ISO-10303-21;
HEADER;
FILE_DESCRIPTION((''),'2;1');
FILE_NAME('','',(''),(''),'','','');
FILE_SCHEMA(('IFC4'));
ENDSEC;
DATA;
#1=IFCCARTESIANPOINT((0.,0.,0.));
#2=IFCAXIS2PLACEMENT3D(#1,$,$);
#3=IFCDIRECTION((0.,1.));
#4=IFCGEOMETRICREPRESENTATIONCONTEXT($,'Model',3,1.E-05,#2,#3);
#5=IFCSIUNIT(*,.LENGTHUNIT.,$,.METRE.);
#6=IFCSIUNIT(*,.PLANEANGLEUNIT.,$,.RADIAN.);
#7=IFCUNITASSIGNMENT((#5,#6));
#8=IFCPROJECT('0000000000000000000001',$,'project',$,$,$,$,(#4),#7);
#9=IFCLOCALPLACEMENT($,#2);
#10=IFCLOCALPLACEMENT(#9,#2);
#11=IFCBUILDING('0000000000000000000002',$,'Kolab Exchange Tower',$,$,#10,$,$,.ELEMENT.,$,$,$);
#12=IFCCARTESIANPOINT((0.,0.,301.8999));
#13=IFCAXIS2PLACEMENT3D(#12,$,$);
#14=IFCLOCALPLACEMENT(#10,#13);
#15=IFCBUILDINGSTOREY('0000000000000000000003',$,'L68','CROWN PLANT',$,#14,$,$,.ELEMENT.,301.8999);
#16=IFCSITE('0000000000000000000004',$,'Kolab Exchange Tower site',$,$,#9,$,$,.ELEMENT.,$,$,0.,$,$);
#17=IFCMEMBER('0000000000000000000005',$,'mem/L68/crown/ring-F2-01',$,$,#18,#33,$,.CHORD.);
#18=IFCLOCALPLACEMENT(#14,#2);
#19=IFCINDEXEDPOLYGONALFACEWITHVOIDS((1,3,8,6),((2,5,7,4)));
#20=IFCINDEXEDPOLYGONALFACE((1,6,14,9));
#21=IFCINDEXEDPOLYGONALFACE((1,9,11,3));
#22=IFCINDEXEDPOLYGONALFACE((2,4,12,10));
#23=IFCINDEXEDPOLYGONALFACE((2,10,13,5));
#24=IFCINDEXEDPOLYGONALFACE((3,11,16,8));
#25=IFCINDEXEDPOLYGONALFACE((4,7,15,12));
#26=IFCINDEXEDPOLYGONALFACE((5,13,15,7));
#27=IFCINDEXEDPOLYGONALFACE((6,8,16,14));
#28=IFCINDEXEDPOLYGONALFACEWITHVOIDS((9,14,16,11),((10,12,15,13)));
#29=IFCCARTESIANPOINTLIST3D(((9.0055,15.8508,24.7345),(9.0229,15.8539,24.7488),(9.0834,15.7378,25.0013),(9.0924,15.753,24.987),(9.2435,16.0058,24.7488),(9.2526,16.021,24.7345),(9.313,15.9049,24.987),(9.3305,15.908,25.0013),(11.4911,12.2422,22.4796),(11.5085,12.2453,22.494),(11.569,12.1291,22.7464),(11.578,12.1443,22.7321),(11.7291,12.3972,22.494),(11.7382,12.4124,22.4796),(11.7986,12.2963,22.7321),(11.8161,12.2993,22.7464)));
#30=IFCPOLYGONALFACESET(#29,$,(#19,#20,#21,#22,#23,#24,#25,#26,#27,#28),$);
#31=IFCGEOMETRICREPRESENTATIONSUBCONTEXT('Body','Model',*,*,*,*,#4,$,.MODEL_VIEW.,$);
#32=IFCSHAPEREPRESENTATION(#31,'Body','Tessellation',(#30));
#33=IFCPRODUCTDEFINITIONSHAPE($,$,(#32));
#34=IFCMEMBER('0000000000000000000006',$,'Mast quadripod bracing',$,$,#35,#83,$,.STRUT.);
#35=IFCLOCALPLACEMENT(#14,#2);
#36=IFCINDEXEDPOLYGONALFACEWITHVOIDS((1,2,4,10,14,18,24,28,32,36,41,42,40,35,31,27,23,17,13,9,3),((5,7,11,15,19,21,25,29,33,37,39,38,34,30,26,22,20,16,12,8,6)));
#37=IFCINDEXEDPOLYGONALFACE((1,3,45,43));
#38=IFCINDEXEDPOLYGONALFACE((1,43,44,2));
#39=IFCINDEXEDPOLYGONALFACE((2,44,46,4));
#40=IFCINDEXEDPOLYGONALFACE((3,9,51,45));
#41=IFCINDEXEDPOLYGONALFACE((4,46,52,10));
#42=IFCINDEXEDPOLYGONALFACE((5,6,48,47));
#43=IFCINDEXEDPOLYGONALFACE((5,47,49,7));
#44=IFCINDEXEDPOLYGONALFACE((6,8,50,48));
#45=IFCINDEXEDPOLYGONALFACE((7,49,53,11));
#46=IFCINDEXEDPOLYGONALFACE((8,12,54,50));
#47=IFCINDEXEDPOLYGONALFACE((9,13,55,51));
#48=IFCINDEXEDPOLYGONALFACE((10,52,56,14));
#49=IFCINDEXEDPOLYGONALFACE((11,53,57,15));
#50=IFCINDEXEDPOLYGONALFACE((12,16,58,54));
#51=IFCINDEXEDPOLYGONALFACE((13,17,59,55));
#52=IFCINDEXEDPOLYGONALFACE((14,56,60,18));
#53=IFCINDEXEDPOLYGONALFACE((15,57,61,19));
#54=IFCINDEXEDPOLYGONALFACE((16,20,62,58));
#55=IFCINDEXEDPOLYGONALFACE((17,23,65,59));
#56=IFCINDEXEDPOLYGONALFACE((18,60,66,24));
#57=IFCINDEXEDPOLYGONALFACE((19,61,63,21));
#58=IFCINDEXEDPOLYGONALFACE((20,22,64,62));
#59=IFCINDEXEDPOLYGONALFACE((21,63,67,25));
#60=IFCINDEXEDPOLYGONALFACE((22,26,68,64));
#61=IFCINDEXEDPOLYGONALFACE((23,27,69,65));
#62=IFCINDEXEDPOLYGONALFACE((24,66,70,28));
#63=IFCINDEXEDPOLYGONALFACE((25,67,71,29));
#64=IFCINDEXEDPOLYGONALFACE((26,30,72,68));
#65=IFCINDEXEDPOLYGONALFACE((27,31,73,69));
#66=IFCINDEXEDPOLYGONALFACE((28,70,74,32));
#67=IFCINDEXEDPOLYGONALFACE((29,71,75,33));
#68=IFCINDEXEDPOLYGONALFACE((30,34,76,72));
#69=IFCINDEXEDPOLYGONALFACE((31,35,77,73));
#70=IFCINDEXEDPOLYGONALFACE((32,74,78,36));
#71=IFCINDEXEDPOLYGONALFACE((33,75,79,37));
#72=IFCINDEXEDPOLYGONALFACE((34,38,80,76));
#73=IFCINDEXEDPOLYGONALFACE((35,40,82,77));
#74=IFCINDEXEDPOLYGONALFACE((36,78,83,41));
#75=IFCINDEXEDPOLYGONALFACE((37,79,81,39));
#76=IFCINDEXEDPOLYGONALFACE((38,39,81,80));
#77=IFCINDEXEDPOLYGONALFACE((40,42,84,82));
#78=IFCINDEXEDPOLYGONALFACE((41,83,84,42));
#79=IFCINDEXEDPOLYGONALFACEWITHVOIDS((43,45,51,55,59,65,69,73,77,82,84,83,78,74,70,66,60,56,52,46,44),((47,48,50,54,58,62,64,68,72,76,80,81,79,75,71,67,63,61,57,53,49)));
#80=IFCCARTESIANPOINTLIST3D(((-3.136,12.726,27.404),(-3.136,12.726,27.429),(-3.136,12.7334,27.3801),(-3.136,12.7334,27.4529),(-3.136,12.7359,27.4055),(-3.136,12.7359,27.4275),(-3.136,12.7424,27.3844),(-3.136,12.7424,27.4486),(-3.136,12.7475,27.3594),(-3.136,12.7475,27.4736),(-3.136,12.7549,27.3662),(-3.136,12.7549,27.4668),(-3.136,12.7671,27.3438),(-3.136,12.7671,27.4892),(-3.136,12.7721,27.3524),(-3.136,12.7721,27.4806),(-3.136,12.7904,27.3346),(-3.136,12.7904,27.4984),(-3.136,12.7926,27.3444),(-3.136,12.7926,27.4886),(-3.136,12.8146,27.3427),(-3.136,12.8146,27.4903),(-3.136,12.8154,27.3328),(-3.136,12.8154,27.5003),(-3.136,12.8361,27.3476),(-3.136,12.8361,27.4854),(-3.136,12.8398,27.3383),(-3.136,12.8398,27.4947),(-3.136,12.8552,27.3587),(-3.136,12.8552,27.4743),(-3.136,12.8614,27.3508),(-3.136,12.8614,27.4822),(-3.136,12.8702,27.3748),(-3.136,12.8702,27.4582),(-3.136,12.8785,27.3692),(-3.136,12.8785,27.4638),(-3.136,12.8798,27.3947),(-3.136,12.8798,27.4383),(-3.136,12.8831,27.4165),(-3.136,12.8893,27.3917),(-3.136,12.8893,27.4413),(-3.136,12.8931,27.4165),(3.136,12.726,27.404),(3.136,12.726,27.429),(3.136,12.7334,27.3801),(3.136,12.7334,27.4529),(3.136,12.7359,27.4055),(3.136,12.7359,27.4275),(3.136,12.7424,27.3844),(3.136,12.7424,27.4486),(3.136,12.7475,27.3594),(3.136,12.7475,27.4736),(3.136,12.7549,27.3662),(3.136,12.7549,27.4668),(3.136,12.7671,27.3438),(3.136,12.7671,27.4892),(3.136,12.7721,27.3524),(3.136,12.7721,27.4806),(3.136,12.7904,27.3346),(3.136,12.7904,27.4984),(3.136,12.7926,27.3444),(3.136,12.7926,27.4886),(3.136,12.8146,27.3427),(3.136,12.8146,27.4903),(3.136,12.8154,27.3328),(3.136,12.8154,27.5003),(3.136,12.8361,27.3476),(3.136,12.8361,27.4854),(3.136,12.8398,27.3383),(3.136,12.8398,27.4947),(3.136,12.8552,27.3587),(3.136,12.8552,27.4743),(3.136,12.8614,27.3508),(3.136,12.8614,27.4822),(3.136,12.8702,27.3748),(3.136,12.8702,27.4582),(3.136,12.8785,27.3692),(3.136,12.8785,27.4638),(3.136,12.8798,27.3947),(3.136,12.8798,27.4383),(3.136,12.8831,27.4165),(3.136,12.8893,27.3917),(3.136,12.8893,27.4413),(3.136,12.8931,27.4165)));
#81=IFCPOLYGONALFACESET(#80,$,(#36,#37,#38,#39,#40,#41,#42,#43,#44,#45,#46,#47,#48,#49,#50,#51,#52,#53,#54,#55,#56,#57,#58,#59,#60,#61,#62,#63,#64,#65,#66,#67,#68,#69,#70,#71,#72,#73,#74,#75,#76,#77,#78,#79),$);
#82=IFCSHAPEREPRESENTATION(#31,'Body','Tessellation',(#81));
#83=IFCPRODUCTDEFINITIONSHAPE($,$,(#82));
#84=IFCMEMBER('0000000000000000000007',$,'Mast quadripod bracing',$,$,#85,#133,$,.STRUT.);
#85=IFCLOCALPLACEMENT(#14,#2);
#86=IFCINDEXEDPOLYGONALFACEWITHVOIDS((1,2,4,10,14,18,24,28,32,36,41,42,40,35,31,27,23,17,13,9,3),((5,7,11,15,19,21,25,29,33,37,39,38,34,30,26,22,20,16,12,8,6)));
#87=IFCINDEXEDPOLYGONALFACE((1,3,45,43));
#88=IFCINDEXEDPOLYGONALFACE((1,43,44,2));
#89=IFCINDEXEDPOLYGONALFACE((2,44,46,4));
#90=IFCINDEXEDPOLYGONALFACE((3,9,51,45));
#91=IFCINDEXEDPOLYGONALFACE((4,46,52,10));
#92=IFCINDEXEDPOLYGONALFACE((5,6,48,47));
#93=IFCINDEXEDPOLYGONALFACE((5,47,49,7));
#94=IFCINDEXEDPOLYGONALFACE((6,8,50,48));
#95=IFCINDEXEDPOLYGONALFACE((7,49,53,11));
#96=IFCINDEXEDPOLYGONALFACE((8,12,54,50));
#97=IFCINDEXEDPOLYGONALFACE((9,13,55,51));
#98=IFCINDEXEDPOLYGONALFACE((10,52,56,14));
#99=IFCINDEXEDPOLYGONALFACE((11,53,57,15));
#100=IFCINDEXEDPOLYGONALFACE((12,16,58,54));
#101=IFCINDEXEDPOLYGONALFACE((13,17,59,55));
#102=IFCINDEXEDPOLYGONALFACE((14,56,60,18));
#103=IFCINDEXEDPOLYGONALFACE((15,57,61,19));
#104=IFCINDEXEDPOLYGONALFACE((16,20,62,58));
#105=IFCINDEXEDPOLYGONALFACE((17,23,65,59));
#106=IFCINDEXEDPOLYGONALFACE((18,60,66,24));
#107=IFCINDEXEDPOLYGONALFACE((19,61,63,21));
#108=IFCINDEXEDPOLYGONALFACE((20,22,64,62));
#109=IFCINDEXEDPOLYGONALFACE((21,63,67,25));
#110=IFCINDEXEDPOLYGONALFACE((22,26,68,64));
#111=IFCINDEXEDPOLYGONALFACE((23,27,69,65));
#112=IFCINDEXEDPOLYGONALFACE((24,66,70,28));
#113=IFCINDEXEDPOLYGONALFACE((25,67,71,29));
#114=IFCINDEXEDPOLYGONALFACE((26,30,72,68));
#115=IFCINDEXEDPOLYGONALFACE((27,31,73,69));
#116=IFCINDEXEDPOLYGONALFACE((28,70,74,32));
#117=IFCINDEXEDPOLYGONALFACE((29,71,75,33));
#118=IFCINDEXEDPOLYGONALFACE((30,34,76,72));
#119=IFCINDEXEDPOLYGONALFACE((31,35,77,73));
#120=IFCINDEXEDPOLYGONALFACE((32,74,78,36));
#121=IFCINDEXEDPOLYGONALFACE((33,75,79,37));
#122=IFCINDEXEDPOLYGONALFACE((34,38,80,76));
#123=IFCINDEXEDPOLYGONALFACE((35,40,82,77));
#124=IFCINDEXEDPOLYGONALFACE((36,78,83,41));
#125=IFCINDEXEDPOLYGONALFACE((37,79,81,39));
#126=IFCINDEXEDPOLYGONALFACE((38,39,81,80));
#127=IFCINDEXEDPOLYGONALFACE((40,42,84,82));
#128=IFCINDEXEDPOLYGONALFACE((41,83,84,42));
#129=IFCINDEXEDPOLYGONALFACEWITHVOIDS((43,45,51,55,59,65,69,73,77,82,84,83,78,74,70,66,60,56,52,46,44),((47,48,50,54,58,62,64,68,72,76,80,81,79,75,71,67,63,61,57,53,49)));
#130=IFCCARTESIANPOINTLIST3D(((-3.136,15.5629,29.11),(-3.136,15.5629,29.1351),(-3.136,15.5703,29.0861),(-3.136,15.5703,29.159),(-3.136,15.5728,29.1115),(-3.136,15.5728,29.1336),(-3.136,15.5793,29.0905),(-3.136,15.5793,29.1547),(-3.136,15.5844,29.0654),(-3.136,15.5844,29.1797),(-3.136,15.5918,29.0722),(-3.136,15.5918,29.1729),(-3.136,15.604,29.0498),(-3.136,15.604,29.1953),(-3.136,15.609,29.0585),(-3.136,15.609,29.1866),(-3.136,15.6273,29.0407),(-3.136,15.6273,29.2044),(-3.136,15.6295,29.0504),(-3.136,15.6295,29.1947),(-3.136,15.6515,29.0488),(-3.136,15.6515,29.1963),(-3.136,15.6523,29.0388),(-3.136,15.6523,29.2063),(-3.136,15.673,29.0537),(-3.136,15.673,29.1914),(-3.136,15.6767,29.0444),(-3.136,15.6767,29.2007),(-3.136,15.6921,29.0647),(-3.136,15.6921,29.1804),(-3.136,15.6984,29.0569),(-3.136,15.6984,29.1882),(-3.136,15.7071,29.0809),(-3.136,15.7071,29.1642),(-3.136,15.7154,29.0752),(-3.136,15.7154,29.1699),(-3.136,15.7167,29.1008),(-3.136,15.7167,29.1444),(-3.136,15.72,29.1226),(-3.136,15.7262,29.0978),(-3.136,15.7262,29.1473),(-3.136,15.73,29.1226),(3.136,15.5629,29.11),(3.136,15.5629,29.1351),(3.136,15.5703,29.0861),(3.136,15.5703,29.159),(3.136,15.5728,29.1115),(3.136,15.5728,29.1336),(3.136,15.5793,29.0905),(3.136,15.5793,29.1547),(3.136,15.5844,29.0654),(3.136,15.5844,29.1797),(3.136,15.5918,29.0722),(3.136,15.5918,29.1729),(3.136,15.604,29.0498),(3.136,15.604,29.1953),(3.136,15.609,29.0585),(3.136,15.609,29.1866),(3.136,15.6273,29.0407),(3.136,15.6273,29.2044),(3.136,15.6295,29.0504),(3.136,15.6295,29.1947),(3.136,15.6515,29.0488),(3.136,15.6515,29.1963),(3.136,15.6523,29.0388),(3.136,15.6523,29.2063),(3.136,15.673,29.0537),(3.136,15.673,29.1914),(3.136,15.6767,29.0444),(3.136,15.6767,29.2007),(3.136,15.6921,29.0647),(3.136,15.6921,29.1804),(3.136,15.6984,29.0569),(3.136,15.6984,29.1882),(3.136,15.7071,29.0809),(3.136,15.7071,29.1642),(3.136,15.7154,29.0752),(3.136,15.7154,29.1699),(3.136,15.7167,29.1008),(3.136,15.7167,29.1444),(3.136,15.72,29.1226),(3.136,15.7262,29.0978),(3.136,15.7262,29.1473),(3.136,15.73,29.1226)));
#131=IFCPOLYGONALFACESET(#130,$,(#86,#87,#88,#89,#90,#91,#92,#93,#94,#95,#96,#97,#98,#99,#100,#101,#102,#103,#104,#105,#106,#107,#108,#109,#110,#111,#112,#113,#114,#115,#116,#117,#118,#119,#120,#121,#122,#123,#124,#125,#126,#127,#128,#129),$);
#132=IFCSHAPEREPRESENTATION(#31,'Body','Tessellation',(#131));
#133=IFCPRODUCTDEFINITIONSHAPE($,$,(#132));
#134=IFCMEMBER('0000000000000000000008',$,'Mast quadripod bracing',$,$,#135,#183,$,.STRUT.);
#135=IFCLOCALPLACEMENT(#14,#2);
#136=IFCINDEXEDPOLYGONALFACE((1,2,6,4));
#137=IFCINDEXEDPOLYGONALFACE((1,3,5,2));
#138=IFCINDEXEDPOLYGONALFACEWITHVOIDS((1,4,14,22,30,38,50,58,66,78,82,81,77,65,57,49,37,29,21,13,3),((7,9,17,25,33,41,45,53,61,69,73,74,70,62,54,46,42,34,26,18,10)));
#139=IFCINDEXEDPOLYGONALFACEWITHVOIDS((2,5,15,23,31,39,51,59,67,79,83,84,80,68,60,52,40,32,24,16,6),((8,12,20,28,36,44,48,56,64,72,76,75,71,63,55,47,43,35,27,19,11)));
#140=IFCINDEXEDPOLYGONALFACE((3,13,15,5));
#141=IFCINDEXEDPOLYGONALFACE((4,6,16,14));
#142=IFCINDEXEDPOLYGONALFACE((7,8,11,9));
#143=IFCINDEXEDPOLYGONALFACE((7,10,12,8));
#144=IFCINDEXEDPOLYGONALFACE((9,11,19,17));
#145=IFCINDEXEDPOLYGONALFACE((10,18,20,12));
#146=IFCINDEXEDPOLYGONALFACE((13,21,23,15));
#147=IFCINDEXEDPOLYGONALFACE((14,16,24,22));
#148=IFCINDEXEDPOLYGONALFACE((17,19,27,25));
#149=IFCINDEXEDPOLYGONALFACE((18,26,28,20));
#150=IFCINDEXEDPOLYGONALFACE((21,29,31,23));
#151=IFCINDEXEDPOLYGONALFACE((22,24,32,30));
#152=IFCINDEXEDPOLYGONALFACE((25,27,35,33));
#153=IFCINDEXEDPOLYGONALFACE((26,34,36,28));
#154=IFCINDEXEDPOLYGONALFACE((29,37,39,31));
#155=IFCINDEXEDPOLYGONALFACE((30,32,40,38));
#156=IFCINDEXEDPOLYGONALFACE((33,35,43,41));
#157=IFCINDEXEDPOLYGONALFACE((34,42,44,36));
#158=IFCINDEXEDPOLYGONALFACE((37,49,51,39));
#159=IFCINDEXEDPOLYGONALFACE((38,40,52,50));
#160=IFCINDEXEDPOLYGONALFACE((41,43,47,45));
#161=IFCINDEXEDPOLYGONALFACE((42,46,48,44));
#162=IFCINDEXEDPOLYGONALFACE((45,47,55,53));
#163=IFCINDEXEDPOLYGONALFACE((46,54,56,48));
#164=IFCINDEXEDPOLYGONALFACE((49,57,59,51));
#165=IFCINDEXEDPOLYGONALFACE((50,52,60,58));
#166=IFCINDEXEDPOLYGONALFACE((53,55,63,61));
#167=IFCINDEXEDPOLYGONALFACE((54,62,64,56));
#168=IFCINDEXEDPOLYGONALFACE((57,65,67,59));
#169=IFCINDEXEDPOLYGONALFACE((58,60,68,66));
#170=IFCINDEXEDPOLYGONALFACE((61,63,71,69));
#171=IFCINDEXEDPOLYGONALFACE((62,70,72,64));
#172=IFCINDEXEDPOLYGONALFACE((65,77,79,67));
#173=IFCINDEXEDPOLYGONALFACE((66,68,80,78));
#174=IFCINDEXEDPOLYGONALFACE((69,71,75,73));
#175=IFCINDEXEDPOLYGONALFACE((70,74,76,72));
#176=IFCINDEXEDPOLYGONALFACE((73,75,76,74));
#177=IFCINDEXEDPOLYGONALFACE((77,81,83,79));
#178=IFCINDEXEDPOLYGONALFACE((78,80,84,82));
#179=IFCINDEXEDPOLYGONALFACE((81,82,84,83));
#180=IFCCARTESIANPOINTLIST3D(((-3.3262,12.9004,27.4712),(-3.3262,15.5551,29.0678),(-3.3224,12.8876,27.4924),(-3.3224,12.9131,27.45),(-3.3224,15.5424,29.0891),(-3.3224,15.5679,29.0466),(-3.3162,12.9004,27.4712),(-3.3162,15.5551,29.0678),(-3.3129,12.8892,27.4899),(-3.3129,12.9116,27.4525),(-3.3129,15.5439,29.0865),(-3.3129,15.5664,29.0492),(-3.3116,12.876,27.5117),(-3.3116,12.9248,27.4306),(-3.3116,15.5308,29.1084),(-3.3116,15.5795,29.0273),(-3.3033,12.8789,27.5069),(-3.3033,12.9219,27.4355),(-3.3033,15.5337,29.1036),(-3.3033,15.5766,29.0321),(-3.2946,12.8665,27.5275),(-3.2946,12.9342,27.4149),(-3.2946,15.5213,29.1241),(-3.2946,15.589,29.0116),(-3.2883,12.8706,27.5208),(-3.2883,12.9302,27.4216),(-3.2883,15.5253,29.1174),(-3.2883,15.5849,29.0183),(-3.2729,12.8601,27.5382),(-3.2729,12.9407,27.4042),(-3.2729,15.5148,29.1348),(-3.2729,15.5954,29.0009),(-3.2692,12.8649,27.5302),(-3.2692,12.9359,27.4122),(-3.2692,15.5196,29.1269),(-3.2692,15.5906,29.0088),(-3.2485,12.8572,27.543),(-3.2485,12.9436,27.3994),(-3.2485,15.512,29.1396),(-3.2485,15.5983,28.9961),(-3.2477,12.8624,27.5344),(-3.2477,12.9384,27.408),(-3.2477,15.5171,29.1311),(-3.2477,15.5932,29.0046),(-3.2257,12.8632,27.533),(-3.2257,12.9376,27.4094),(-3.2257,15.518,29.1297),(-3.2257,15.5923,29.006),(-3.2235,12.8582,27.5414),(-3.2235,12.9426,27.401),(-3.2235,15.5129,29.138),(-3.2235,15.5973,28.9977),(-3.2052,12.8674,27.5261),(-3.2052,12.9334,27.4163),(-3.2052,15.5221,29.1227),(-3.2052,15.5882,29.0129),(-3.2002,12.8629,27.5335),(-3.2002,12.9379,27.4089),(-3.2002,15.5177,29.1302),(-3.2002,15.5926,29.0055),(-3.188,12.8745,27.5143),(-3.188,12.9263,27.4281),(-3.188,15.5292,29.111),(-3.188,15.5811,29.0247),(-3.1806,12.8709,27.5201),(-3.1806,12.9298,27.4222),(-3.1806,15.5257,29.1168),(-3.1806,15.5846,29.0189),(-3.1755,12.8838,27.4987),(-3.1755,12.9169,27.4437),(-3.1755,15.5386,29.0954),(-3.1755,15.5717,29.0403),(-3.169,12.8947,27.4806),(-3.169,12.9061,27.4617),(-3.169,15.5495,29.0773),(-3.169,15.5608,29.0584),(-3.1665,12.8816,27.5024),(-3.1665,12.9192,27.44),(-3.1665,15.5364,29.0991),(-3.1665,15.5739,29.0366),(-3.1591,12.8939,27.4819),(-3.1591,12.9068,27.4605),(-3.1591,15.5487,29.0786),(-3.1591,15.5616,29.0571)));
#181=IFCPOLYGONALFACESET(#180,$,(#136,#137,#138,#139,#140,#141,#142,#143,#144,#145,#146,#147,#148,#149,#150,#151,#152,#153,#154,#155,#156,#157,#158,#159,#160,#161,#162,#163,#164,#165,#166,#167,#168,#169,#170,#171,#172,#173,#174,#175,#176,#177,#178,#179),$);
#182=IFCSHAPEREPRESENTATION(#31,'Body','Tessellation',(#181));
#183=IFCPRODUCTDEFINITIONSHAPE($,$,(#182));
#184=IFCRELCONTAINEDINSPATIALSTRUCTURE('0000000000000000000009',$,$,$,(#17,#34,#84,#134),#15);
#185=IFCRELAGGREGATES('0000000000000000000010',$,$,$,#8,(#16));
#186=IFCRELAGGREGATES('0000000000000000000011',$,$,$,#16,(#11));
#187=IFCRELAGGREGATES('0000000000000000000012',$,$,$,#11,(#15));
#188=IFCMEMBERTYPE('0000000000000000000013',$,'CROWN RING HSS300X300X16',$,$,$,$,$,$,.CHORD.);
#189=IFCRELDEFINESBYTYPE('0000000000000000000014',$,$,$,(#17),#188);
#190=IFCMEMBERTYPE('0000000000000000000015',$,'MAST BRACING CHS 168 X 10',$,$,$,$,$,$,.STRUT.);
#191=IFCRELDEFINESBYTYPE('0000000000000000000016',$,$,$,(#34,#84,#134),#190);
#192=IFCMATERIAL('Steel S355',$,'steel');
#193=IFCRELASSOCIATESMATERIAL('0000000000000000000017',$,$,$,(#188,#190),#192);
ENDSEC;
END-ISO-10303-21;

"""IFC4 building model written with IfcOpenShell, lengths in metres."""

from ifc_helpers import new_model, si_unit, direction, frame, origin, origin_2d, place, context, subcontext, project, spatial, hollow_rectangle, hollow_circle, extrude, material, material_profile, profile_set, type_object, element, save


model = new_model("IFC4")

# Units and contexts
model_context = context("Model", 3, precision=1e-05, world=origin(), true_north=direction((0.0, 1.0)))
body_context = subcontext(model_context, "Body", "Model", "MODEL_VIEW")
ifc_project = project(units=[si_unit("LENGTHUNIT", "METRE"), si_unit("PLANEANGLEUNIT", "RADIAN")], contexts=[model_context])

# Site, building, storey
site_placement = place(None, origin())
site = spatial("IfcSite", under=ifc_project, at=site_placement, Name="Kolab Exchange Tower site", CompositionType="ELEMENT", RefElevation=0.0)
building_placement = place(site_placement, origin())
building = spatial("IfcBuilding", under=site, at=building_placement, Name="Kolab Exchange Tower", CompositionType="ELEMENT")
storey_placement = place(building_placement, frame((0.0, 0.0, 301.8999)))
storey = spatial("IfcBuildingStorey", under=building, at=storey_placement, Name="L68", Description="CROWN PLANT", CompositionType="ELEMENT", Elevation=301.8999)

# Shared definitions
ifc_material_1 = material(Name="Steel S355", Category="steel")

# Members
ifc_material_profile_1 = material_profile(ifc_material_1, hollow_rectangle(XDim=0.3, YDim=0.3, WallThickness=0.0161, at=origin_2d()), Name="HSS300X300X16")
ifc_profile_set_1 = profile_set([ifc_material_profile_1], Name="Steel S355")
member_type_1 = type_object("IfcMemberType", Name="CROWN RING HSS300X300X16", PredefinedType="CHORD", material=ifc_profile_set_1)
member_1_placement = place(storey_placement, frame((9.168, 15.8794, 24.8679), z_axis=(0.504384, -0.732276, -0.457567), x_axis=(0.823546, 0.56725, 0.0)))
element("IfcMember", 1, at=member_1_placement, inside=storey, type_object=member_type_1, Name="mem/L68/crown/ring-F2-01", PredefinedType="CHORD", context=body_context, shape_type="SweptSolid", body=[
    extrude(hollow_rectangle(XDim=0.3, YDim=0.3, WallThickness=0.0161, at=origin_2d()), origin(), (0.0, 0.0, 1.0), 4.928),
])
ifc_material_profile_2 = material_profile(ifc_material_1, hollow_circle(Radius=0.084, WallThickness=0.01, at=origin_2d()), Name="CHS 168X10")
ifc_profile_set_2 = profile_set([ifc_material_profile_2], Name="Steel S355")
member_type_2 = type_object("IfcMemberType", Name="MAST BRACING CHS 168 X 10", PredefinedType="STRUT", material=ifc_profile_set_2)
for number, where, z_axis, x_axis, name in (
    (2, (-3.136, 12.8091, 27.4165), (1.0, 0.0, 0.0), (0.0, 1.0, 0.0), "Mast quadripod bracing"),
    (3, (-3.136, 15.646, 29.1226), (1.0, 0.0, 0.0), (0.0, 1.0, 0.0), "Mast quadripod bracing"),
):
    element("IfcMember", number, at=place(storey_placement, frame(where, z_axis=z_axis, x_axis=x_axis)), inside=storey, type_object=member_type_2, Name=name, PredefinedType="STRUT", context=body_context, shape_type="SweptSolid", body=[
        extrude(hollow_circle(Radius=0.084, WallThickness=0.01, at=origin_2d()), origin(), (0.0, 0.0, 1.0), 6.272),
    ])
for number, where, z_axis, x_axis, name in (
    (4, (-3.2422, 12.9004, 27.4712), (0.0, 0.85695, 0.515399), (-1.0, 0.0, 0.0), "Mast quadripod bracing"),
):
    element("IfcMember", number, at=place(storey_placement, frame(where, z_axis=z_axis, x_axis=x_axis)), inside=storey, type_object=member_type_2, Name=name, PredefinedType="STRUT", context=body_context, shape_type="SweptSolid", body=[
        extrude(hollow_circle(Radius=0.084, WallThickness=0.01, at=origin_2d()), origin(), (0.0, 0.0, 1.0), 3.0979),
    ])

save(model, "model.ifc")
